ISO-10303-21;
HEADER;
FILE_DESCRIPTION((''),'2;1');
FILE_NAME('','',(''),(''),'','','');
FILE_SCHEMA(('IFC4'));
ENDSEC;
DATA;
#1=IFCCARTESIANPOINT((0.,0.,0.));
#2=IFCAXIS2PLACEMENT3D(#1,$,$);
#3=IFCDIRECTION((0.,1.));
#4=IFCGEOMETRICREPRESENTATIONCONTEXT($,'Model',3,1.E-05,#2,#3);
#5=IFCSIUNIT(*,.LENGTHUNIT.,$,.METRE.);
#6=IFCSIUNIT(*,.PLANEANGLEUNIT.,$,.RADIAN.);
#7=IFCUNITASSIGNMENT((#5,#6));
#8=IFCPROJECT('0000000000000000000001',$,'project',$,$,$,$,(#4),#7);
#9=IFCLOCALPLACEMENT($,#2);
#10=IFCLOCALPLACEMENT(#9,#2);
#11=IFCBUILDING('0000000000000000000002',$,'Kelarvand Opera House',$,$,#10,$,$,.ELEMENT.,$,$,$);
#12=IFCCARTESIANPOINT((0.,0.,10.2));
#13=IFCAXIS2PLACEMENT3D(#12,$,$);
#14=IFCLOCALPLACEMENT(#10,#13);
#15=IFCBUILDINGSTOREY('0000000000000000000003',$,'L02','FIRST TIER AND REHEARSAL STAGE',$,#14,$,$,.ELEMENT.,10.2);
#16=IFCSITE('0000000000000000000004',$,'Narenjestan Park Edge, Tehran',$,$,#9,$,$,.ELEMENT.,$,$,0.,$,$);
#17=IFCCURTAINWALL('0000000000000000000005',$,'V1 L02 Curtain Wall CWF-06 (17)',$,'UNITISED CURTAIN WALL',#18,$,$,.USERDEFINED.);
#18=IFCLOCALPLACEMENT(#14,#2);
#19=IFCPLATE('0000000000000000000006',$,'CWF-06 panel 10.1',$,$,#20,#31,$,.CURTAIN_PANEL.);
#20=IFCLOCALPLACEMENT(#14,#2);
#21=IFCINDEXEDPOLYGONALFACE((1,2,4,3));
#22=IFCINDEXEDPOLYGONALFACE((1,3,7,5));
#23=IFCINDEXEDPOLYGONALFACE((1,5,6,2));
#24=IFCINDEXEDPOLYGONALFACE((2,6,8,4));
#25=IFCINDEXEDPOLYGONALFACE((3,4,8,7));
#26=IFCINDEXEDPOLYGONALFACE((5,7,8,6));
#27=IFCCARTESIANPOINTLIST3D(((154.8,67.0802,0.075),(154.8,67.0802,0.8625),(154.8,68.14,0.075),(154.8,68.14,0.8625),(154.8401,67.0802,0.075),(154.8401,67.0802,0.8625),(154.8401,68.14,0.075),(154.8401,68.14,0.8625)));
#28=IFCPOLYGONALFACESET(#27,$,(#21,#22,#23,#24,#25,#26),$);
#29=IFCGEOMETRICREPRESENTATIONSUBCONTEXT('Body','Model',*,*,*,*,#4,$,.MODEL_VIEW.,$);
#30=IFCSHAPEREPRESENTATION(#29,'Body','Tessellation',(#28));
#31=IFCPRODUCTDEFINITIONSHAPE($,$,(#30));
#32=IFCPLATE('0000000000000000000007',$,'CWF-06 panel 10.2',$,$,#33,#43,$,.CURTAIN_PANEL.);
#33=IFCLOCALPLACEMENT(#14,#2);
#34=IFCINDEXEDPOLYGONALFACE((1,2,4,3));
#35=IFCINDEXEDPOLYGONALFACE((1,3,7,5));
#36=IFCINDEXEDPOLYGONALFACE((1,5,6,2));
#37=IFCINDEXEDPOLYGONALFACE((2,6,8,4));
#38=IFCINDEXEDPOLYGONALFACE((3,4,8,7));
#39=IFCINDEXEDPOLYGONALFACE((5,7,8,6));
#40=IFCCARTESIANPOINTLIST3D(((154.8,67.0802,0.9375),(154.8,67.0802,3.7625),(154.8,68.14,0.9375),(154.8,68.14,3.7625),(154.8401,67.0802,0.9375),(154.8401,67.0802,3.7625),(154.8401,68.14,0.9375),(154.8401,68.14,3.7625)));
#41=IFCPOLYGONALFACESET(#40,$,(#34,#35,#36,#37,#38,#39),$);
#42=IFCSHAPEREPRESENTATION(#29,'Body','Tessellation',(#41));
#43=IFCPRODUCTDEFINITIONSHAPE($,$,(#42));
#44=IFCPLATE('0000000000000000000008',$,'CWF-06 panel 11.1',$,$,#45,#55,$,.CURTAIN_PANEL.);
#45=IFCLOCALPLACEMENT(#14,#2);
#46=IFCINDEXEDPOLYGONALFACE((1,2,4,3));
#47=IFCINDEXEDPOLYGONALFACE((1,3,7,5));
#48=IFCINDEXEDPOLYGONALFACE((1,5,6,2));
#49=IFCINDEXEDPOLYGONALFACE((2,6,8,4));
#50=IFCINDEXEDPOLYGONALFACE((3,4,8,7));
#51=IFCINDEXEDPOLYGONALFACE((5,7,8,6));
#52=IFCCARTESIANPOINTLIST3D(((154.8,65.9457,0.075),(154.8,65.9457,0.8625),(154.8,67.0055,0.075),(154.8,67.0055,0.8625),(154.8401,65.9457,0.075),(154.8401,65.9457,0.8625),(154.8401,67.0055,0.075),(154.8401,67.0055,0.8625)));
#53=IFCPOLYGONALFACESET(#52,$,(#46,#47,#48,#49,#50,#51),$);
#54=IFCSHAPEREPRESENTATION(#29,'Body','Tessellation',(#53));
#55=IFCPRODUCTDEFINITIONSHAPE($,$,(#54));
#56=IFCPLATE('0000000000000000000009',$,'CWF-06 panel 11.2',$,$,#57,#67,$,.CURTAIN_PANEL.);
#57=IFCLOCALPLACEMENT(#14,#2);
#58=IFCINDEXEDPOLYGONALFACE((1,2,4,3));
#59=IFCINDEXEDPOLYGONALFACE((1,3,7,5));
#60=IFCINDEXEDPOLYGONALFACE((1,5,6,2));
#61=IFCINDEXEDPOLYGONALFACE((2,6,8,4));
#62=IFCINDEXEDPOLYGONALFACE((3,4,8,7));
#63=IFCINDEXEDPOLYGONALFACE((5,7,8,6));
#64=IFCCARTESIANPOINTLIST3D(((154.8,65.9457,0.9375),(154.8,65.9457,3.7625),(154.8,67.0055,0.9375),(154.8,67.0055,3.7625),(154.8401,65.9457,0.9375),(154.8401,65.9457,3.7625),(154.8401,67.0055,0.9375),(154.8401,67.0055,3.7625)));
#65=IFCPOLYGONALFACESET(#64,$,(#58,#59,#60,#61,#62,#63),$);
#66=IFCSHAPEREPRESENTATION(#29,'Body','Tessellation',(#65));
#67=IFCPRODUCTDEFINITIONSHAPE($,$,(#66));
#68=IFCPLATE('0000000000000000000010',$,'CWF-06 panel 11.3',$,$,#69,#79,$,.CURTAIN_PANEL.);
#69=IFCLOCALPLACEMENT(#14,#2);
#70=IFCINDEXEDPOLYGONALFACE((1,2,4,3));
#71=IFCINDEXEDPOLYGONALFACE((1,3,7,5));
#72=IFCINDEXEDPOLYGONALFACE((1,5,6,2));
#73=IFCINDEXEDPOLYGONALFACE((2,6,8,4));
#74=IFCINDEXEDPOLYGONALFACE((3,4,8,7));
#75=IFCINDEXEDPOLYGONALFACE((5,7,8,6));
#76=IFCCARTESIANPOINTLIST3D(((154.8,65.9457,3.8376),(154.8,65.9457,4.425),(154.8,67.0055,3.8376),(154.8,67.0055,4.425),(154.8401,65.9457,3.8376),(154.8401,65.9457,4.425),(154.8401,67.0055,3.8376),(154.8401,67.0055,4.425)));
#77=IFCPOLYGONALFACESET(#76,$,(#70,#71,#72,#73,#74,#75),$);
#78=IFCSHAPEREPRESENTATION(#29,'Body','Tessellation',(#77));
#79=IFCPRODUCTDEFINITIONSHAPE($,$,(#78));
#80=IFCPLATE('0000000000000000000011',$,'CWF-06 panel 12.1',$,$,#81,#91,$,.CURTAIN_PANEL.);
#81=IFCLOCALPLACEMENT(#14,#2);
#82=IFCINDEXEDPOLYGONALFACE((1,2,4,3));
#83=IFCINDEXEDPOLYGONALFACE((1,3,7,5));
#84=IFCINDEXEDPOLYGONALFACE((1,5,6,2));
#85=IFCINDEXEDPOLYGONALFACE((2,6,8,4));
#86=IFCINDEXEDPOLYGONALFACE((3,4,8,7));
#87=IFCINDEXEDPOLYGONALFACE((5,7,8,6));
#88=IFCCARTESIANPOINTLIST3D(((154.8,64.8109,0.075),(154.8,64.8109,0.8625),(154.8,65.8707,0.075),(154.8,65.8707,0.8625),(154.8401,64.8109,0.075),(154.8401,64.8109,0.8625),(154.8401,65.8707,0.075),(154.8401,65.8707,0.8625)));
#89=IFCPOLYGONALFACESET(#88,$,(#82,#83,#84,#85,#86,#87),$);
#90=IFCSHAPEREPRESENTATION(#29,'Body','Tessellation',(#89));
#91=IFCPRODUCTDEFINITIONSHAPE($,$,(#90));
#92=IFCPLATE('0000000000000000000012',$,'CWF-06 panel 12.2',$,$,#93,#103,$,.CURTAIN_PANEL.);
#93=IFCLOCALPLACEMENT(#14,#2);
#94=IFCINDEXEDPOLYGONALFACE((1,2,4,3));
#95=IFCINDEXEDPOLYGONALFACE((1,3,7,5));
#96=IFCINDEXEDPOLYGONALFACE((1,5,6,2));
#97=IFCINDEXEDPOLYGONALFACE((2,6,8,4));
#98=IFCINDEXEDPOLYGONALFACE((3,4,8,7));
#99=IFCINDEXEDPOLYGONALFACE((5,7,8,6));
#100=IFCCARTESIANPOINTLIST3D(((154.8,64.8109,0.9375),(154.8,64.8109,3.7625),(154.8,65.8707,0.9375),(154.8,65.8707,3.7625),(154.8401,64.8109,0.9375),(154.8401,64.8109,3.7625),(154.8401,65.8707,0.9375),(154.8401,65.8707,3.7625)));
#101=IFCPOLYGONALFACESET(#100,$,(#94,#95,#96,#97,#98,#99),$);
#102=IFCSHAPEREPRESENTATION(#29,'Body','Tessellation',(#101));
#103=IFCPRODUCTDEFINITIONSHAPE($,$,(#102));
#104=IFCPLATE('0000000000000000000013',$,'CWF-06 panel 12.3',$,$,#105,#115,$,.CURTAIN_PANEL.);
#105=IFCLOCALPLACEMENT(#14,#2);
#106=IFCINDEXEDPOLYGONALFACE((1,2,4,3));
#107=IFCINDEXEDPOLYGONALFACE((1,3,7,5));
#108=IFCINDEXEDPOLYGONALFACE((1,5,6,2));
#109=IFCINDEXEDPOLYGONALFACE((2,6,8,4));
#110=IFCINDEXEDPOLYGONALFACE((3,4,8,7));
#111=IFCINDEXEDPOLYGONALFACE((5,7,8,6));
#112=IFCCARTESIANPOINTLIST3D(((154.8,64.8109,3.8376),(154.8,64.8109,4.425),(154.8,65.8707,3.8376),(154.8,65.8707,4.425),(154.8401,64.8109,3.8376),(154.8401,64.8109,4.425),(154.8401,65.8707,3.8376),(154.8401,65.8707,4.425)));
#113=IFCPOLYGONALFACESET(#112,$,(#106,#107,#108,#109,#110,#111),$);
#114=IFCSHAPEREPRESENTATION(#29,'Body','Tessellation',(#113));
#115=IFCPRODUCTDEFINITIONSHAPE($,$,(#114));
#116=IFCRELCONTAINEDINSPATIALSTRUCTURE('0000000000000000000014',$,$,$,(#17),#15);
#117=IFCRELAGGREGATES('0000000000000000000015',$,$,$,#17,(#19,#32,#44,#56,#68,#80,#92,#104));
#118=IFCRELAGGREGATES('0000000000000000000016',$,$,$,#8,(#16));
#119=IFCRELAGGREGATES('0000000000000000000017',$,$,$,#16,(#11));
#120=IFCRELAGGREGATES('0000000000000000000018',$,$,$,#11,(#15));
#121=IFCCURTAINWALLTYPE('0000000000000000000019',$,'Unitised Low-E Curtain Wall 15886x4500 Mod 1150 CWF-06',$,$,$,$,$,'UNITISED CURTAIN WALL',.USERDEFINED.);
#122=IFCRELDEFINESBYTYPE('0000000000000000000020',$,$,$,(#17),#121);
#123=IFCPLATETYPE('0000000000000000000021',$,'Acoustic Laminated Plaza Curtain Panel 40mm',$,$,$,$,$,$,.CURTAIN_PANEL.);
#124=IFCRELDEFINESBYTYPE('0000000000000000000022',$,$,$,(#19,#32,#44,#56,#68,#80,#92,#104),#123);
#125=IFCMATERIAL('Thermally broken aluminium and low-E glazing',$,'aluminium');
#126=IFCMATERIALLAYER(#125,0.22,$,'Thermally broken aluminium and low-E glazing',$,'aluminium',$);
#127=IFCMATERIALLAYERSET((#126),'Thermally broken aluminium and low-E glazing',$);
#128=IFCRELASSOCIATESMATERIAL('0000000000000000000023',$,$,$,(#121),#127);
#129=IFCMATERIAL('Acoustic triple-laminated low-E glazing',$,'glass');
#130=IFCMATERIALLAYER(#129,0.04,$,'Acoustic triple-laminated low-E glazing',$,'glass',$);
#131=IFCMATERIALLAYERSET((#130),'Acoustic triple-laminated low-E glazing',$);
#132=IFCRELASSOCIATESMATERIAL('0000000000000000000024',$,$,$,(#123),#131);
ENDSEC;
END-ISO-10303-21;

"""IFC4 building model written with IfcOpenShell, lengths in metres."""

from ifc_helpers import new_model, si_unit, direction, frame, origin, origin_2d, place, context, subcontext, project, spatial, rectangle, extrude, material, layer, layer_set, type_object, element, aggregate, save


model = new_model("IFC4")

# Units and contexts
model_context = context("Model", 3, precision=1e-05, world=origin(), true_north=direction((0.0, 1.0)))
body_context = subcontext(model_context, "Body", "Model", "MODEL_VIEW")
ifc_project = project(units=[si_unit("LENGTHUNIT", "METRE"), si_unit("PLANEANGLEUNIT", "RADIAN")], contexts=[model_context])

# Site, building, storey
site_placement = place(None, origin())
site = spatial("IfcSite", under=ifc_project, at=site_placement, Name="Narenjestan Park Edge, Tehran", CompositionType="ELEMENT", RefElevation=0.0)
building_placement = place(site_placement, origin())
building = spatial("IfcBuilding", under=site, at=building_placement, Name="Kelarvand Opera House", CompositionType="ELEMENT")
storey_placement = place(building_placement, frame((0.0, 0.0, 10.2)))
storey = spatial("IfcBuildingStorey", under=building, at=storey_placement, Name="L02", Description="FIRST TIER AND REHEARSAL STAGE", CompositionType="ELEMENT", Elevation=10.2)

# Curtain wall, plates
ifc_material_1 = material(Name="Thermally broken aluminium and low-E glazing", Category="aluminium")
ifc_layer_1 = layer(ifc_material_1, 0.22, Name="Thermally broken aluminium and low-E glazing", Category="aluminium")
ifc_layer_set_1 = layer_set([ifc_layer_1], Name="Thermally broken aluminium and low-E glazing")
curtain_wall_type = type_object("IfcCurtainWallType", Name="Unitised Low-E Curtain Wall 15886x4500 Mod 1150 CWF-06", ElementType="UNITISED CURTAIN WALL", PredefinedType="USERDEFINED", material=ifc_layer_set_1)
curtain_wall_placement = place(storey_placement, origin())
curtain_wall = element("IfcCurtainWall", 1, at=curtain_wall_placement, inside=storey, type_object=curtain_wall_type, Name="V1 L02 Curtain Wall CWF-06 (17)", ObjectType="UNITISED CURTAIN WALL", PredefinedType="USERDEFINED")
ifc_material_2 = material(Name="Acoustic triple-laminated low-E glazing", Category="glass")
ifc_layer_2 = layer(ifc_material_2, 0.04, Name="Acoustic triple-laminated low-E glazing", Category="glass")
ifc_layer_set_2 = layer_set([ifc_layer_2], Name="Acoustic triple-laminated low-E glazing")
plate_type = type_object("IfcPlateType", Name="Acoustic Laminated Plaza Curtain Panel 40mm", PredefinedType="CURTAIN_PANEL", material=ifc_layer_set_2)
plate_1_placement = place(storey_placement, frame((154.8201, 67.6101, 0.075), z_axis=(0.0, 0.0, 1.0), x_axis=(0.0, -1.0, 0.0)))
plate_1 = element("IfcPlate", 2, at=plate_1_placement, type_object=plate_type, Name="CWF-06 panel 10.1", PredefinedType="CURTAIN_PANEL", context=body_context, shape_type="SweptSolid", body=[
    extrude(rectangle(XDim=1.0598, YDim=0.04, at=origin_2d()), origin(), (0.0, 0.0, 1.0), 0.7876),
])
plate_2_placement = place(storey_placement, frame((154.8201, 67.6101, 0.9375), z_axis=(0.0, 0.0, 1.0), x_axis=(0.0, -1.0, 0.0)))
plate_2 = element("IfcPlate", 3, at=plate_2_placement, type_object=plate_type, Name="CWF-06 panel 10.2", PredefinedType="CURTAIN_PANEL", context=body_context, shape_type="SweptSolid", body=[
    extrude(rectangle(XDim=1.0598, YDim=0.04, at=origin_2d()), origin(), (0.0, 0.0, 1.0), 2.825),
])
plate_3_placement = place(storey_placement, frame((154.8201, 66.4756, 0.075), z_axis=(0.0, 0.0, 1.0), x_axis=(0.0, -1.0, 0.0)))
plate_3 = element("IfcPlate", 4, at=plate_3_placement, type_object=plate_type, Name="CWF-06 panel 11.1", PredefinedType="CURTAIN_PANEL", context=body_context, shape_type="SweptSolid", body=[
    extrude(rectangle(XDim=1.0598, YDim=0.04, at=origin_2d()), origin(), (0.0, 0.0, 1.0), 0.7876),
])
plate_4_placement = place(storey_placement, frame((154.8201, 66.4756, 0.9375), z_axis=(0.0, 0.0, 1.0), x_axis=(0.0, -1.0, 0.0)))
plate_4 = element("IfcPlate", 5, at=plate_4_placement, type_object=plate_type, Name="CWF-06 panel 11.2", PredefinedType="CURTAIN_PANEL", context=body_context, shape_type="SweptSolid", body=[
    extrude(rectangle(XDim=1.0598, YDim=0.04, at=origin_2d()), origin(), (0.0, 0.0, 1.0), 2.825),
])
plate_5_placement = place(storey_placement, frame((154.8201, 66.4756, 3.8376), z_axis=(0.0, 0.0, 1.0), x_axis=(0.0, -1.0, 0.0)))
plate_5 = element("IfcPlate", 6, at=plate_5_placement, type_object=plate_type, Name="CWF-06 panel 11.3", PredefinedType="CURTAIN_PANEL", context=body_context, shape_type="SweptSolid", body=[
    extrude(rectangle(XDim=1.0598, YDim=0.04, at=origin_2d()), origin(), (0.0, 0.0, 1.0), 0.5874),
])
plate_6_placement = place(storey_placement, frame((154.8201, 65.3408, 0.075), z_axis=(0.0, 0.0, 1.0), x_axis=(0.0, -1.0, 0.0)))
plate_6 = element("IfcPlate", 7, at=plate_6_placement, type_object=plate_type, Name="CWF-06 panel 12.1", PredefinedType="CURTAIN_PANEL", context=body_context, shape_type="SweptSolid", body=[
    extrude(rectangle(XDim=1.0598, YDim=0.04, at=origin_2d()), origin(), (0.0, 0.0, 1.0), 0.7876),
])
plate_7_placement = place(storey_placement, frame((154.8201, 65.3408, 0.9375), z_axis=(0.0, 0.0, 1.0), x_axis=(0.0, -1.0, 0.0)))
plate_7 = element("IfcPlate", 8, at=plate_7_placement, type_object=plate_type, Name="CWF-06 panel 12.2", PredefinedType="CURTAIN_PANEL", context=body_context, shape_type="SweptSolid", body=[
    extrude(rectangle(XDim=1.0598, YDim=0.04, at=origin_2d()), origin(), (0.0, 0.0, 1.0), 2.825),
])
plate_8_placement = place(storey_placement, frame((154.8201, 65.3408, 3.8376), z_axis=(0.0, 0.0, 1.0), x_axis=(0.0, -1.0, 0.0)))
plate_8 = element("IfcPlate", 9, at=plate_8_placement, type_object=plate_type, Name="CWF-06 panel 12.3", PredefinedType="CURTAIN_PANEL", context=body_context, shape_type="SweptSolid", body=[
    extrude(rectangle(XDim=1.0598, YDim=0.04, at=origin_2d()), origin(), (0.0, 0.0, 1.0), 0.5874),
])
aggregate(curtain_wall, [plate_1, plate_2, plate_3, plate_4, plate_5, plate_6, plate_7, plate_8])

save(model, "model.ifc")
